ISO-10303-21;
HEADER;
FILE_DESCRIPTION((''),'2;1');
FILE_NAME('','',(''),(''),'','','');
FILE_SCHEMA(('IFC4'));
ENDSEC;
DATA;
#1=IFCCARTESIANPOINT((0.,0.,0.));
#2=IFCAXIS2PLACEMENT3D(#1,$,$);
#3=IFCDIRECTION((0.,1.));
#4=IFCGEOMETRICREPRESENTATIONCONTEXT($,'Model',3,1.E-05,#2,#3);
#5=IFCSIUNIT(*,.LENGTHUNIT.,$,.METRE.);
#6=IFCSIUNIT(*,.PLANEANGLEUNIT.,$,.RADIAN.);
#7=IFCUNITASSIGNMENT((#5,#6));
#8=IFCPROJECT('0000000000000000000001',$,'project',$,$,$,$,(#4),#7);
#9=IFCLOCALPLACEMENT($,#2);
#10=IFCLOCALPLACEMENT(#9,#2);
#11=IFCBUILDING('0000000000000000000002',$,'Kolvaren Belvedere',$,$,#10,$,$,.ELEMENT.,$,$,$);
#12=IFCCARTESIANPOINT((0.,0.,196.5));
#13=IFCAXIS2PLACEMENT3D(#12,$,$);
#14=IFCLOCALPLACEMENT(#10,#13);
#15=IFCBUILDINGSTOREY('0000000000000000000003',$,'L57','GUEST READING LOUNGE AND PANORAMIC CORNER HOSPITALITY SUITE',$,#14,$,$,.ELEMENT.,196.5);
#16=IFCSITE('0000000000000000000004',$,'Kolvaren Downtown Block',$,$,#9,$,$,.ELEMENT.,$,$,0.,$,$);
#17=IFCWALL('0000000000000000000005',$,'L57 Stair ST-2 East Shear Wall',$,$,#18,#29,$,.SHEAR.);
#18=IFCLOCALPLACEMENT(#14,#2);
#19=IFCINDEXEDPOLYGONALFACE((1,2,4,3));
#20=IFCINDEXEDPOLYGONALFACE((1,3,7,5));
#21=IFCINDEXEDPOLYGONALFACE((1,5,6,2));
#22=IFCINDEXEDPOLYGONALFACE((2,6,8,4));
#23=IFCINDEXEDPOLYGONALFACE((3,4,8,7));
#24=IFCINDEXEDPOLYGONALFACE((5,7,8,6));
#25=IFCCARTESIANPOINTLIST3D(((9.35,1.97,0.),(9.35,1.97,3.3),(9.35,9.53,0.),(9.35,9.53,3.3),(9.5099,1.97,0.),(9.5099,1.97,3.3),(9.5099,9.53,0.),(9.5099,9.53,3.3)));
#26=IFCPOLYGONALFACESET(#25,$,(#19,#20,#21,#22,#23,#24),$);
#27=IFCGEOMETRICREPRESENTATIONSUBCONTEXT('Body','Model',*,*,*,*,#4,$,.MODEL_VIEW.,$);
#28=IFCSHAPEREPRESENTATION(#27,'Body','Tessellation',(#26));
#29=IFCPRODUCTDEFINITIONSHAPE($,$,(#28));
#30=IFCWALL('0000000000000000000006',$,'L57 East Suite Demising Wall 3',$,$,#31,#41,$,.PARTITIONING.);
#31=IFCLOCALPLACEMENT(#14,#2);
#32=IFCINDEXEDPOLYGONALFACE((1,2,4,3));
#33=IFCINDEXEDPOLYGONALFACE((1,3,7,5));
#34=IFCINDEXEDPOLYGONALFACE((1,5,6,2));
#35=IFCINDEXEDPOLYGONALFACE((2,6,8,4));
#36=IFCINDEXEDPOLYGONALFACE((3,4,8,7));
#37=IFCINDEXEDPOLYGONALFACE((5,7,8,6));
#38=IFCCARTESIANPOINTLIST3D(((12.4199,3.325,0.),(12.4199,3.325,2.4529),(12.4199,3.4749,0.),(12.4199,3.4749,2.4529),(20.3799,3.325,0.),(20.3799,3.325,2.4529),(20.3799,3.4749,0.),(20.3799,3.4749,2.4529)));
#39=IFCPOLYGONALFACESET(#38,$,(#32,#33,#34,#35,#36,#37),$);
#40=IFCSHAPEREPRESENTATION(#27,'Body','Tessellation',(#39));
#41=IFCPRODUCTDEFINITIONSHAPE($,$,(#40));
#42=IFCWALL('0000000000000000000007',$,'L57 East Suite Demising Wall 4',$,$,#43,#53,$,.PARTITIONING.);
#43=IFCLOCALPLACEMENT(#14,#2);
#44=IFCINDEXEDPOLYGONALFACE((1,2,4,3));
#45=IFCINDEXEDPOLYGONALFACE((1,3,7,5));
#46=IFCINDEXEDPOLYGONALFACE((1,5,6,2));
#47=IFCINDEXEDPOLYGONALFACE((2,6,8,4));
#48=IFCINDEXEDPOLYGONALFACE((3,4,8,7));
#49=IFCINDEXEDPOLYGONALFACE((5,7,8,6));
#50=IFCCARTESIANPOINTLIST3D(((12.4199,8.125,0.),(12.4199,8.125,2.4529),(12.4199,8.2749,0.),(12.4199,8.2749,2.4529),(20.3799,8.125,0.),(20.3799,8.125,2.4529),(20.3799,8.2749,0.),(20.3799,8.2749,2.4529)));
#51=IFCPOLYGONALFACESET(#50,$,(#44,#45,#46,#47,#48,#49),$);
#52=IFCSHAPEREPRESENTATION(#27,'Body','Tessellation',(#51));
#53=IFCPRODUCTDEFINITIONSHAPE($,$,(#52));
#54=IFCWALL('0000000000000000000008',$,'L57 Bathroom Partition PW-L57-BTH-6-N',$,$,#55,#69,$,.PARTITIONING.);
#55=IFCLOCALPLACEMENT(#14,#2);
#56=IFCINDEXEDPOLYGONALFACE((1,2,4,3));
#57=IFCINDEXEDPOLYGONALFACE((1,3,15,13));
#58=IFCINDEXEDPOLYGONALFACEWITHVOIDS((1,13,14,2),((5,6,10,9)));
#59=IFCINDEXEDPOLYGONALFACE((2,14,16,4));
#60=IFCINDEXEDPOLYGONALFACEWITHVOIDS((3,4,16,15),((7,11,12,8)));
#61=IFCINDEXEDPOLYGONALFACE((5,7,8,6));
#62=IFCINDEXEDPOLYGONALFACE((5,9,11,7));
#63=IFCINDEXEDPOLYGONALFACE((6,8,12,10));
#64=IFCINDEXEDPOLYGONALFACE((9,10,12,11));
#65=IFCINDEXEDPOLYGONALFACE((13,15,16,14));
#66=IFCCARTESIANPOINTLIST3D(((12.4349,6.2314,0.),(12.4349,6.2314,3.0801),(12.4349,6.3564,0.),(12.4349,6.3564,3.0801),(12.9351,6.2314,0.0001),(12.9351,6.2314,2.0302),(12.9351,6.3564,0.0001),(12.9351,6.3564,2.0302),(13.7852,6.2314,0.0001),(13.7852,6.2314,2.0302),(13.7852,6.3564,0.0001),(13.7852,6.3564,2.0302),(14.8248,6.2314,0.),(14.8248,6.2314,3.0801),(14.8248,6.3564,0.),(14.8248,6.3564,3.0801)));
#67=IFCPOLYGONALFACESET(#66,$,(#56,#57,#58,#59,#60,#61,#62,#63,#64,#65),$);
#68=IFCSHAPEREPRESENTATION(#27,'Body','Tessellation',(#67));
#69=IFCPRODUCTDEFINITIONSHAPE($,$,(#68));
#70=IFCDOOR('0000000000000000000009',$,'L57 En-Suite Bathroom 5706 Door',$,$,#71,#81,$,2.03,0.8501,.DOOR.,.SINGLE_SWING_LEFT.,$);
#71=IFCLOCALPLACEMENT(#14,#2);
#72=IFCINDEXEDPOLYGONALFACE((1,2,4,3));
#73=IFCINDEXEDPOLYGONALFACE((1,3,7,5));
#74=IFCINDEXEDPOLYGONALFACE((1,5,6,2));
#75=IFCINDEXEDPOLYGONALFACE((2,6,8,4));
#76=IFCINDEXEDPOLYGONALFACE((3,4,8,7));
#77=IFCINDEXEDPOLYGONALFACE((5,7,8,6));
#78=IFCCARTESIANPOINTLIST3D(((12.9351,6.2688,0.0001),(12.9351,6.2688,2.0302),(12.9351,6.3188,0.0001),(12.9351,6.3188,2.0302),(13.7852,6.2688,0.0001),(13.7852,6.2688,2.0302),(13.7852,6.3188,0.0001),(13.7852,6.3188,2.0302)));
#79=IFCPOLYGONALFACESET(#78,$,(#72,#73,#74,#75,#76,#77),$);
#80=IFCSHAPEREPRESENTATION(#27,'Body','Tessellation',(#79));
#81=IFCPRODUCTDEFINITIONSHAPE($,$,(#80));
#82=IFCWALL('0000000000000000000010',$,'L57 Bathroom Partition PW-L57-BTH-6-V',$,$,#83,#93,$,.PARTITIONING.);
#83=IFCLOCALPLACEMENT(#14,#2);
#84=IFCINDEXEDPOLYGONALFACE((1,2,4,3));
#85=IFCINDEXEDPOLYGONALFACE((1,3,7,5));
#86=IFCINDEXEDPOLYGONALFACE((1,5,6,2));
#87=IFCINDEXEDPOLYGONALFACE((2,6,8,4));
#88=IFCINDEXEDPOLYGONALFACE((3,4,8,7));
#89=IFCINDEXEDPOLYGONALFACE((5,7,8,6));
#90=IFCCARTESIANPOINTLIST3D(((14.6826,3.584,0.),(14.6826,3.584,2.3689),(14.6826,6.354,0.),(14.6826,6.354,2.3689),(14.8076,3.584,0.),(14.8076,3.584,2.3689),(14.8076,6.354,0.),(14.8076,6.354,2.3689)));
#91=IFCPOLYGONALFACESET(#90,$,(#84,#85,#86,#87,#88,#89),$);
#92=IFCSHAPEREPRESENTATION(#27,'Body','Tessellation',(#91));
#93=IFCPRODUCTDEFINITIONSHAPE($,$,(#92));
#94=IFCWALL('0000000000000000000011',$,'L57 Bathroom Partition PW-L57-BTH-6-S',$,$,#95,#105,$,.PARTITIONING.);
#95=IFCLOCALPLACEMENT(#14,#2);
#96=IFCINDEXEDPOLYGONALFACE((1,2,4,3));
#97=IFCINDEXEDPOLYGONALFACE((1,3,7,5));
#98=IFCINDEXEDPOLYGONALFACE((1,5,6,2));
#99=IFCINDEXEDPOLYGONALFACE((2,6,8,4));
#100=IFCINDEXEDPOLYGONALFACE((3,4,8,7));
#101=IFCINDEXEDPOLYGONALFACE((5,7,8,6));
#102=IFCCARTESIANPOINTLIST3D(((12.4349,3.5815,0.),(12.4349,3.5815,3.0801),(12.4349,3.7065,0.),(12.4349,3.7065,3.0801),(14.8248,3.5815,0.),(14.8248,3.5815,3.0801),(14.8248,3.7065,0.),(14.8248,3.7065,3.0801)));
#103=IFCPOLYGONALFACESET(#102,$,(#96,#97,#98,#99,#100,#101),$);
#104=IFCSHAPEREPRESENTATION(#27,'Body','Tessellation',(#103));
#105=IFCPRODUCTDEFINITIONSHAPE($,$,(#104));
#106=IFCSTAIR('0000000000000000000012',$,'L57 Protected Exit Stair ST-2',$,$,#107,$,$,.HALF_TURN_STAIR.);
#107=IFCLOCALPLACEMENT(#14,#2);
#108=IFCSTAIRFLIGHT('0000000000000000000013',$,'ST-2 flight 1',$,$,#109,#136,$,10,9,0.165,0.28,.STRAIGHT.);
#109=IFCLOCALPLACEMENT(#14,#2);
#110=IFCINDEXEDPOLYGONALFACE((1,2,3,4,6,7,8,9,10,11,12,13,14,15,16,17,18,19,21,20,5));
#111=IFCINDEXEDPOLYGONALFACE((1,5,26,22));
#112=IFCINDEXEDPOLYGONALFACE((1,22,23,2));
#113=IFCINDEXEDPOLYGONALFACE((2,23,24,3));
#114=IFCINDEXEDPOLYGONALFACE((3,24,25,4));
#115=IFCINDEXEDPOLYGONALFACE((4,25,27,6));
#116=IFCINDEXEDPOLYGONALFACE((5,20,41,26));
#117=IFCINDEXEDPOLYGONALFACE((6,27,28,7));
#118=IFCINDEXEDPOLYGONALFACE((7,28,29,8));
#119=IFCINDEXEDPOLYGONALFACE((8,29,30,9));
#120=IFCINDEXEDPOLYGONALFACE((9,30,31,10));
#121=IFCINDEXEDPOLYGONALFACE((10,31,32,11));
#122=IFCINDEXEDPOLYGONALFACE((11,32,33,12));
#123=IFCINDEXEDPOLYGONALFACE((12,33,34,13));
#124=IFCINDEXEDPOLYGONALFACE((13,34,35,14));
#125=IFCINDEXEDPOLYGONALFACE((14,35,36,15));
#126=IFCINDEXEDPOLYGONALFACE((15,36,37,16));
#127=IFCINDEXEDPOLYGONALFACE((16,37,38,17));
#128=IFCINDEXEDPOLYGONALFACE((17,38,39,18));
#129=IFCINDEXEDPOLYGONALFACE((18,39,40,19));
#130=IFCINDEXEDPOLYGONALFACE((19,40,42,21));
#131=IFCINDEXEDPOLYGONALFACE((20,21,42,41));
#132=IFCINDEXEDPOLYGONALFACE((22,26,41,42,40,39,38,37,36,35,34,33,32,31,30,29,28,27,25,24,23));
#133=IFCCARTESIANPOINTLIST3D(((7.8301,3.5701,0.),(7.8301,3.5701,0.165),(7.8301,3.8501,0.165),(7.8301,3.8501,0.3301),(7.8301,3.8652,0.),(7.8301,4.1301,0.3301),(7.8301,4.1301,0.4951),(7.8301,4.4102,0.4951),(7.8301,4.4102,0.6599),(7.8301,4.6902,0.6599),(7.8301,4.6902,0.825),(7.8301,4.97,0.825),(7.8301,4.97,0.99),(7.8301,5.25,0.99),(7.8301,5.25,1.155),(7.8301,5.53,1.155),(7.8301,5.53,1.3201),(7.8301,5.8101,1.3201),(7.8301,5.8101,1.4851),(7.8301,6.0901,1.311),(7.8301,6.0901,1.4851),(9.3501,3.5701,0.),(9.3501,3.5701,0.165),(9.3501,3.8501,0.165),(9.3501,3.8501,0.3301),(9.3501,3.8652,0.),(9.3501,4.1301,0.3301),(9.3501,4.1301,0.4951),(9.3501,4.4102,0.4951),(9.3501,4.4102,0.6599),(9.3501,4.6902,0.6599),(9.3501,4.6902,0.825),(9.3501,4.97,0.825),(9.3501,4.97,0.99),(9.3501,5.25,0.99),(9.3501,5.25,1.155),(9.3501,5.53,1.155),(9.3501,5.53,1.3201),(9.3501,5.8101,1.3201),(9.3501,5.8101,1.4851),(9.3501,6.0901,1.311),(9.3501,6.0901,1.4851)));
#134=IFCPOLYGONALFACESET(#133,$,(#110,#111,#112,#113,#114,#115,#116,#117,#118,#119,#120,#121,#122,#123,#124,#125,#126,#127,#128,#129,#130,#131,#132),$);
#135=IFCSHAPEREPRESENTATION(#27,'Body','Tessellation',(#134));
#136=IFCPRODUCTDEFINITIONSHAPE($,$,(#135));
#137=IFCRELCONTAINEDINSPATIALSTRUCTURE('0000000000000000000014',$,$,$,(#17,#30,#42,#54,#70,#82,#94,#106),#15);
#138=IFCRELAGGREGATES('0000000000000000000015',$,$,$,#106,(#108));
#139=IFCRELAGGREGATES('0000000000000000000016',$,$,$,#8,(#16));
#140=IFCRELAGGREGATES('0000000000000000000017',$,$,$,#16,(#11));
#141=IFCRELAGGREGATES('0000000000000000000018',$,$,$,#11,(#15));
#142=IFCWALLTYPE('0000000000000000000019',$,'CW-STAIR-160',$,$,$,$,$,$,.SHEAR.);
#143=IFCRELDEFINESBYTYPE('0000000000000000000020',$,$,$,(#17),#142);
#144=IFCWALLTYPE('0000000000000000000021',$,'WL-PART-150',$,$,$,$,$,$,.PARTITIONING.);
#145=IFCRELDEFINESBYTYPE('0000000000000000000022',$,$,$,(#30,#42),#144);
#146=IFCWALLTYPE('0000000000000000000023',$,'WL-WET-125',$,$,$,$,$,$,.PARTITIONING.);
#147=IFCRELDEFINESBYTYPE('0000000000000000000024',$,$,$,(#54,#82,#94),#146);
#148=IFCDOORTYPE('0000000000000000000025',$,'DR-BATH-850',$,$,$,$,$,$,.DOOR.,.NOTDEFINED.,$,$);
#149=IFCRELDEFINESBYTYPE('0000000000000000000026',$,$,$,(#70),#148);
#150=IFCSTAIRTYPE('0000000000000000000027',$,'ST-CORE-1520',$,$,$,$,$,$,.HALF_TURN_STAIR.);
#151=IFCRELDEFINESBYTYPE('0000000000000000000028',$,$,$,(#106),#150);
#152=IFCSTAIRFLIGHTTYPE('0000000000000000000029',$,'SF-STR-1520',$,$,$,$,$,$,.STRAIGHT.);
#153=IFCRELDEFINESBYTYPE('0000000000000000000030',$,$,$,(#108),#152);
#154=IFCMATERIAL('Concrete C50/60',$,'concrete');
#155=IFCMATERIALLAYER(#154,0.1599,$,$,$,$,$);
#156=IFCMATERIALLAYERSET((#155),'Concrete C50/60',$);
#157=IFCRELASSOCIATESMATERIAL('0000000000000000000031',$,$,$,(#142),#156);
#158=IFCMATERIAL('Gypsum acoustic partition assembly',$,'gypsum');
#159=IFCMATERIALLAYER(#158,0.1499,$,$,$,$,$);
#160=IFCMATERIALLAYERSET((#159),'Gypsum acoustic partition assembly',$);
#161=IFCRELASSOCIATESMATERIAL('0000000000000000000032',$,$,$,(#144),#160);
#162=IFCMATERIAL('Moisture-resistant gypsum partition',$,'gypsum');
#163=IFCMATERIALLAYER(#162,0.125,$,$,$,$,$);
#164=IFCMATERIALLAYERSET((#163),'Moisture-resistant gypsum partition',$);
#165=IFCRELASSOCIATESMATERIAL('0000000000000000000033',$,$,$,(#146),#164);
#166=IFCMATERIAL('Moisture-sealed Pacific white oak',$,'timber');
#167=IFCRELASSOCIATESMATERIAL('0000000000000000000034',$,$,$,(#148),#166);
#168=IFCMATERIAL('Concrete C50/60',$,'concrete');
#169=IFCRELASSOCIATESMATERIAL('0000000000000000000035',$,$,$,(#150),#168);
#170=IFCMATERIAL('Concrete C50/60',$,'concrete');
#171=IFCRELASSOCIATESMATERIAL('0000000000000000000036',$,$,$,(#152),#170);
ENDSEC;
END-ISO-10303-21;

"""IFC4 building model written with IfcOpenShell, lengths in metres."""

from ifc_helpers import new_model, si_unit, direction, frame, frame_2d, origin, place, context, subcontext, project, spatial, polyline, rectangle, outline, extrude, material, layer, layer_set, type_object, element, fill, aggregate, save


model = new_model("IFC4")

# Units and contexts
model_context = context("Model", 3, precision=1e-05, world=origin(), true_north=direction((0.0, 1.0)))
body_context = subcontext(model_context, "Body", "Model", "MODEL_VIEW")
ifc_project = project(units=[si_unit("LENGTHUNIT", "METRE"), si_unit("PLANEANGLEUNIT", "RADIAN")], contexts=[model_context])

# Site, building, storey
site_placement = place(None, origin())
site = spatial("IfcSite", under=ifc_project, at=site_placement, Name="Kolvaren Downtown Block", CompositionType="ELEMENT", RefElevation=0.0)
building_placement = place(site_placement, origin())
building = spatial("IfcBuilding", under=site, at=building_placement, Name="Kolvaren Belvedere", CompositionType="ELEMENT")
storey_placement = place(building_placement, frame((0.0, 0.0, 196.5)))
storey = spatial("IfcBuildingStorey", under=building, at=storey_placement, Name="L57", Description="GUEST READING LOUNGE AND PANORAMIC CORNER HOSPITALITY SUITE", CompositionType="ELEMENT", Elevation=196.5)

# Walls
ifc_material_1 = material(Name="Concrete C50/60", Category="concrete")
ifc_layer_1 = layer(ifc_material_1, 0.1599)
ifc_layer_set_1 = layer_set([ifc_layer_1], Name="Concrete C50/60")
wall_type_1 = type_object("IfcWallType", Name="CW-STAIR-160", PredefinedType="SHEAR", material=ifc_layer_set_1)
wall_1_placement = place(storey_placement, frame((9.4299, 1.97, 0.0), z_axis=(0.0, 0.0, 1.0), x_axis=(0.0, 1.0, 0.0)))
element("IfcWall", 1, at=wall_1_placement, inside=storey, type_object=wall_type_1, Name="L57 Stair ST-2 East Shear Wall", PredefinedType="SHEAR", context=body_context, shape_type="SweptSolid", body=[
    extrude(rectangle(XDim=7.5601, YDim=0.1599, at=frame_2d((3.78, 0.0))), origin(), (0.0, 0.0, 1.0), 3.3),
])
ifc_material_2 = material(Name="Gypsum acoustic partition assembly", Category="gypsum")
ifc_layer_2 = layer(ifc_material_2, 0.1499)
ifc_layer_set_2 = layer_set([ifc_layer_2], Name="Gypsum acoustic partition assembly")
wall_type_2 = type_object("IfcWallType", Name="WL-PART-150", PredefinedType="PARTITIONING", material=ifc_layer_set_2)
for number, where, z_axis, x_axis, name in (
    (2, (12.4199, 3.3999, 0.0), (0.0, 0.0, 1.0), (1.0, 0.0, 0.0), "L57 East Suite Demising Wall 3"),
    (3, (12.4199, 8.2, 0.0), (0.0, 0.0, 1.0), (1.0, 0.0, 0.0), "L57 East Suite Demising Wall 4"),
):
    element("IfcWall", number, at=place(storey_placement, frame(where, z_axis=z_axis, x_axis=x_axis)), inside=storey, type_object=wall_type_2, Name=name, PredefinedType="PARTITIONING", context=body_context, shape_type="SweptSolid", body=[
        extrude(rectangle(XDim=7.96, YDim=0.1499, at=frame_2d((3.98, 0.0))), origin(), (0.0, 0.0, 1.0), 2.4529),
    ])

# Wall, opening, door
ifc_material_3 = material(Name="Moisture-resistant gypsum partition", Category="gypsum")
ifc_layer_3 = layer(ifc_material_3, 0.125)
ifc_layer_set_3 = layer_set([ifc_layer_3], Name="Moisture-resistant gypsum partition")
wall_type_3 = type_object("IfcWallType", Name="WL-WET-125", PredefinedType="PARTITIONING", material=ifc_layer_set_3)
wall_2_placement = place(storey_placement, frame((12.4351, 6.2939, 0.0), z_axis=(0.0, 0.0, 1.0), x_axis=(1.0, 0.0, 0.0)))
wall_2 = element("IfcWall", 4, at=wall_2_placement, inside=storey, type_object=wall_type_3, Name="L57 Bathroom Partition PW-L57-BTH-6-N", PredefinedType="PARTITIONING", context=body_context, shape_type="SweptSolid", body=[
    extrude(rectangle(XDim=2.3899, YDim=0.125, at=frame_2d((1.1948, 0.0))), origin(), (0.0, 0.0, 1.0), 3.0801),
])
opening_placement = place(wall_2_placement, frame((0.5, 0.0, 0.0)))
opening = element("IfcOpeningElement", 5, at=opening_placement, cuts=wall_2, PredefinedType="OPENING", context=body_context, shape_type="SweptSolid", body=[
    extrude(rectangle(XDim=0.8501, YDim=2.03, at=frame_2d((0.425, 1.0151))), frame((0.0, 0.0725, 0.0), z_axis=(0.0, -1.0, 0.0), x_axis=(1.0, 0.0, 0.0)), (0.0, 0.0, 1.0), 0.145),
])
ifc_material_4 = material(Name="Moisture-sealed Pacific white oak", Category="timber")
door_type = type_object("IfcDoorType", Name="DR-BATH-850", OperationType="NOTDEFINED", PredefinedType="DOOR", material=ifc_material_4)
door_placement = place(opening_placement, origin())
door = element("IfcDoor", 6, at=door_placement, inside=storey, type_object=door_type, Name="L57 En-Suite Bathroom 5706 Door", OperationType="SINGLE_SWING_LEFT", OverallHeight=2.03, OverallWidth=0.8501, PredefinedType="DOOR", context=body_context, shape_type="SweptSolid", body=[
    extrude(rectangle(XDim=0.8501, YDim=2.03, at=frame_2d((0.425, 1.0151))), frame((0.0, 0.0249, 0.0), z_axis=(0.0, -1.0, 0.0), x_axis=(1.0, 0.0, 0.0)), (0.0, 0.0, 1.0), 0.05),
])
fill(opening, door)

# Walls
wall_3_placement = place(storey_placement, frame((14.7451, 3.584, 0.0), z_axis=(0.0, 0.0, 1.0), x_axis=(0.0, 1.0, 0.0)))
element("IfcWall", 7, at=wall_3_placement, inside=storey, type_object=wall_type_3, Name="L57 Bathroom Partition PW-L57-BTH-6-V", PredefinedType="PARTITIONING", context=body_context, shape_type="SweptSolid", body=[
    extrude(rectangle(XDim=2.77, YDim=0.125, at=frame_2d((1.385, 0.0))), origin(), (0.0, 0.0, 1.0), 2.3689),
])
wall_4_placement = place(storey_placement, frame((12.4351, 3.644, 0.0), z_axis=(0.0, 0.0, 1.0), x_axis=(1.0, 0.0, 0.0)))
element("IfcWall", 8, at=wall_4_placement, inside=storey, type_object=wall_type_3, Name="L57 Bathroom Partition PW-L57-BTH-6-S", PredefinedType="PARTITIONING", context=body_context, shape_type="SweptSolid", body=[
    extrude(rectangle(XDim=2.3899, YDim=0.125, at=frame_2d((1.1948, 0.0))), origin(), (0.0, 0.0, 1.0), 3.0801),
])

# Stair, stair flight
ifc_material_5 = material(Name="Concrete C50/60", Category="concrete")
stair_type = type_object("IfcStairType", Name="ST-CORE-1520", PredefinedType="HALF_TURN_STAIR", material=ifc_material_5)
stair_placement = place(storey_placement, origin())
stair = element("IfcStair", 9, at=stair_placement, inside=storey, type_object=stair_type, Name="L57 Protected Exit Stair ST-2", PredefinedType="HALF_TURN_STAIR")
ifc_material_6 = material(Name="Concrete C50/60", Category="concrete")
stair_flight_type = type_object("IfcStairFlightType", Name="SF-STR-1520", PredefinedType="STRAIGHT", material=ifc_material_6)
stair_flight_placement = place(storey_placement, frame((8.5901, 3.5701, 0.0), z_axis=(0.0, 0.0, 1.0), x_axis=(0.0, 1.0, 0.0)))
stair_flight = element("IfcStairFlight", 10, at=stair_flight_placement, type_object=stair_flight_type, Name="ST-2 flight 1", NumberOfRisers=10, NumberOfTreads=9, PredefinedType="STRAIGHT", RiserHeight=0.165, TreadLength=0.28, context=body_context, shape_type="SweptSolid", body=[
    extrude(outline(polyline([(0.0, 0.0), (0.0, 0.165), (0.28, 0.165), (0.28, 0.3301), (0.5601, 0.3301), (0.5601, 0.4951), (0.8401, 0.4951), (0.8401, 0.6599), (1.1201, 0.6599), (1.1201, 0.825), (1.3999, 0.825), (1.3999, 0.99), (1.6799, 0.99), (1.6799, 1.155), (1.96, 1.155), (1.96, 1.3201), (2.24, 1.3201), (2.24, 1.4851), (2.52, 1.4851), (2.52, 1.6499), (2.52, 1.311), (0.2952, 0.0), (0.0, 0.0)])), frame((0.0, 0.76, 0.0), z_axis=(0.0, -1.0, 0.0), x_axis=(1.0, 0.0, 0.0)), (0.0, 0.0, 1.0), 1.52),
])
aggregate(stair, [stair_flight])

save(model, "model.ifc")
